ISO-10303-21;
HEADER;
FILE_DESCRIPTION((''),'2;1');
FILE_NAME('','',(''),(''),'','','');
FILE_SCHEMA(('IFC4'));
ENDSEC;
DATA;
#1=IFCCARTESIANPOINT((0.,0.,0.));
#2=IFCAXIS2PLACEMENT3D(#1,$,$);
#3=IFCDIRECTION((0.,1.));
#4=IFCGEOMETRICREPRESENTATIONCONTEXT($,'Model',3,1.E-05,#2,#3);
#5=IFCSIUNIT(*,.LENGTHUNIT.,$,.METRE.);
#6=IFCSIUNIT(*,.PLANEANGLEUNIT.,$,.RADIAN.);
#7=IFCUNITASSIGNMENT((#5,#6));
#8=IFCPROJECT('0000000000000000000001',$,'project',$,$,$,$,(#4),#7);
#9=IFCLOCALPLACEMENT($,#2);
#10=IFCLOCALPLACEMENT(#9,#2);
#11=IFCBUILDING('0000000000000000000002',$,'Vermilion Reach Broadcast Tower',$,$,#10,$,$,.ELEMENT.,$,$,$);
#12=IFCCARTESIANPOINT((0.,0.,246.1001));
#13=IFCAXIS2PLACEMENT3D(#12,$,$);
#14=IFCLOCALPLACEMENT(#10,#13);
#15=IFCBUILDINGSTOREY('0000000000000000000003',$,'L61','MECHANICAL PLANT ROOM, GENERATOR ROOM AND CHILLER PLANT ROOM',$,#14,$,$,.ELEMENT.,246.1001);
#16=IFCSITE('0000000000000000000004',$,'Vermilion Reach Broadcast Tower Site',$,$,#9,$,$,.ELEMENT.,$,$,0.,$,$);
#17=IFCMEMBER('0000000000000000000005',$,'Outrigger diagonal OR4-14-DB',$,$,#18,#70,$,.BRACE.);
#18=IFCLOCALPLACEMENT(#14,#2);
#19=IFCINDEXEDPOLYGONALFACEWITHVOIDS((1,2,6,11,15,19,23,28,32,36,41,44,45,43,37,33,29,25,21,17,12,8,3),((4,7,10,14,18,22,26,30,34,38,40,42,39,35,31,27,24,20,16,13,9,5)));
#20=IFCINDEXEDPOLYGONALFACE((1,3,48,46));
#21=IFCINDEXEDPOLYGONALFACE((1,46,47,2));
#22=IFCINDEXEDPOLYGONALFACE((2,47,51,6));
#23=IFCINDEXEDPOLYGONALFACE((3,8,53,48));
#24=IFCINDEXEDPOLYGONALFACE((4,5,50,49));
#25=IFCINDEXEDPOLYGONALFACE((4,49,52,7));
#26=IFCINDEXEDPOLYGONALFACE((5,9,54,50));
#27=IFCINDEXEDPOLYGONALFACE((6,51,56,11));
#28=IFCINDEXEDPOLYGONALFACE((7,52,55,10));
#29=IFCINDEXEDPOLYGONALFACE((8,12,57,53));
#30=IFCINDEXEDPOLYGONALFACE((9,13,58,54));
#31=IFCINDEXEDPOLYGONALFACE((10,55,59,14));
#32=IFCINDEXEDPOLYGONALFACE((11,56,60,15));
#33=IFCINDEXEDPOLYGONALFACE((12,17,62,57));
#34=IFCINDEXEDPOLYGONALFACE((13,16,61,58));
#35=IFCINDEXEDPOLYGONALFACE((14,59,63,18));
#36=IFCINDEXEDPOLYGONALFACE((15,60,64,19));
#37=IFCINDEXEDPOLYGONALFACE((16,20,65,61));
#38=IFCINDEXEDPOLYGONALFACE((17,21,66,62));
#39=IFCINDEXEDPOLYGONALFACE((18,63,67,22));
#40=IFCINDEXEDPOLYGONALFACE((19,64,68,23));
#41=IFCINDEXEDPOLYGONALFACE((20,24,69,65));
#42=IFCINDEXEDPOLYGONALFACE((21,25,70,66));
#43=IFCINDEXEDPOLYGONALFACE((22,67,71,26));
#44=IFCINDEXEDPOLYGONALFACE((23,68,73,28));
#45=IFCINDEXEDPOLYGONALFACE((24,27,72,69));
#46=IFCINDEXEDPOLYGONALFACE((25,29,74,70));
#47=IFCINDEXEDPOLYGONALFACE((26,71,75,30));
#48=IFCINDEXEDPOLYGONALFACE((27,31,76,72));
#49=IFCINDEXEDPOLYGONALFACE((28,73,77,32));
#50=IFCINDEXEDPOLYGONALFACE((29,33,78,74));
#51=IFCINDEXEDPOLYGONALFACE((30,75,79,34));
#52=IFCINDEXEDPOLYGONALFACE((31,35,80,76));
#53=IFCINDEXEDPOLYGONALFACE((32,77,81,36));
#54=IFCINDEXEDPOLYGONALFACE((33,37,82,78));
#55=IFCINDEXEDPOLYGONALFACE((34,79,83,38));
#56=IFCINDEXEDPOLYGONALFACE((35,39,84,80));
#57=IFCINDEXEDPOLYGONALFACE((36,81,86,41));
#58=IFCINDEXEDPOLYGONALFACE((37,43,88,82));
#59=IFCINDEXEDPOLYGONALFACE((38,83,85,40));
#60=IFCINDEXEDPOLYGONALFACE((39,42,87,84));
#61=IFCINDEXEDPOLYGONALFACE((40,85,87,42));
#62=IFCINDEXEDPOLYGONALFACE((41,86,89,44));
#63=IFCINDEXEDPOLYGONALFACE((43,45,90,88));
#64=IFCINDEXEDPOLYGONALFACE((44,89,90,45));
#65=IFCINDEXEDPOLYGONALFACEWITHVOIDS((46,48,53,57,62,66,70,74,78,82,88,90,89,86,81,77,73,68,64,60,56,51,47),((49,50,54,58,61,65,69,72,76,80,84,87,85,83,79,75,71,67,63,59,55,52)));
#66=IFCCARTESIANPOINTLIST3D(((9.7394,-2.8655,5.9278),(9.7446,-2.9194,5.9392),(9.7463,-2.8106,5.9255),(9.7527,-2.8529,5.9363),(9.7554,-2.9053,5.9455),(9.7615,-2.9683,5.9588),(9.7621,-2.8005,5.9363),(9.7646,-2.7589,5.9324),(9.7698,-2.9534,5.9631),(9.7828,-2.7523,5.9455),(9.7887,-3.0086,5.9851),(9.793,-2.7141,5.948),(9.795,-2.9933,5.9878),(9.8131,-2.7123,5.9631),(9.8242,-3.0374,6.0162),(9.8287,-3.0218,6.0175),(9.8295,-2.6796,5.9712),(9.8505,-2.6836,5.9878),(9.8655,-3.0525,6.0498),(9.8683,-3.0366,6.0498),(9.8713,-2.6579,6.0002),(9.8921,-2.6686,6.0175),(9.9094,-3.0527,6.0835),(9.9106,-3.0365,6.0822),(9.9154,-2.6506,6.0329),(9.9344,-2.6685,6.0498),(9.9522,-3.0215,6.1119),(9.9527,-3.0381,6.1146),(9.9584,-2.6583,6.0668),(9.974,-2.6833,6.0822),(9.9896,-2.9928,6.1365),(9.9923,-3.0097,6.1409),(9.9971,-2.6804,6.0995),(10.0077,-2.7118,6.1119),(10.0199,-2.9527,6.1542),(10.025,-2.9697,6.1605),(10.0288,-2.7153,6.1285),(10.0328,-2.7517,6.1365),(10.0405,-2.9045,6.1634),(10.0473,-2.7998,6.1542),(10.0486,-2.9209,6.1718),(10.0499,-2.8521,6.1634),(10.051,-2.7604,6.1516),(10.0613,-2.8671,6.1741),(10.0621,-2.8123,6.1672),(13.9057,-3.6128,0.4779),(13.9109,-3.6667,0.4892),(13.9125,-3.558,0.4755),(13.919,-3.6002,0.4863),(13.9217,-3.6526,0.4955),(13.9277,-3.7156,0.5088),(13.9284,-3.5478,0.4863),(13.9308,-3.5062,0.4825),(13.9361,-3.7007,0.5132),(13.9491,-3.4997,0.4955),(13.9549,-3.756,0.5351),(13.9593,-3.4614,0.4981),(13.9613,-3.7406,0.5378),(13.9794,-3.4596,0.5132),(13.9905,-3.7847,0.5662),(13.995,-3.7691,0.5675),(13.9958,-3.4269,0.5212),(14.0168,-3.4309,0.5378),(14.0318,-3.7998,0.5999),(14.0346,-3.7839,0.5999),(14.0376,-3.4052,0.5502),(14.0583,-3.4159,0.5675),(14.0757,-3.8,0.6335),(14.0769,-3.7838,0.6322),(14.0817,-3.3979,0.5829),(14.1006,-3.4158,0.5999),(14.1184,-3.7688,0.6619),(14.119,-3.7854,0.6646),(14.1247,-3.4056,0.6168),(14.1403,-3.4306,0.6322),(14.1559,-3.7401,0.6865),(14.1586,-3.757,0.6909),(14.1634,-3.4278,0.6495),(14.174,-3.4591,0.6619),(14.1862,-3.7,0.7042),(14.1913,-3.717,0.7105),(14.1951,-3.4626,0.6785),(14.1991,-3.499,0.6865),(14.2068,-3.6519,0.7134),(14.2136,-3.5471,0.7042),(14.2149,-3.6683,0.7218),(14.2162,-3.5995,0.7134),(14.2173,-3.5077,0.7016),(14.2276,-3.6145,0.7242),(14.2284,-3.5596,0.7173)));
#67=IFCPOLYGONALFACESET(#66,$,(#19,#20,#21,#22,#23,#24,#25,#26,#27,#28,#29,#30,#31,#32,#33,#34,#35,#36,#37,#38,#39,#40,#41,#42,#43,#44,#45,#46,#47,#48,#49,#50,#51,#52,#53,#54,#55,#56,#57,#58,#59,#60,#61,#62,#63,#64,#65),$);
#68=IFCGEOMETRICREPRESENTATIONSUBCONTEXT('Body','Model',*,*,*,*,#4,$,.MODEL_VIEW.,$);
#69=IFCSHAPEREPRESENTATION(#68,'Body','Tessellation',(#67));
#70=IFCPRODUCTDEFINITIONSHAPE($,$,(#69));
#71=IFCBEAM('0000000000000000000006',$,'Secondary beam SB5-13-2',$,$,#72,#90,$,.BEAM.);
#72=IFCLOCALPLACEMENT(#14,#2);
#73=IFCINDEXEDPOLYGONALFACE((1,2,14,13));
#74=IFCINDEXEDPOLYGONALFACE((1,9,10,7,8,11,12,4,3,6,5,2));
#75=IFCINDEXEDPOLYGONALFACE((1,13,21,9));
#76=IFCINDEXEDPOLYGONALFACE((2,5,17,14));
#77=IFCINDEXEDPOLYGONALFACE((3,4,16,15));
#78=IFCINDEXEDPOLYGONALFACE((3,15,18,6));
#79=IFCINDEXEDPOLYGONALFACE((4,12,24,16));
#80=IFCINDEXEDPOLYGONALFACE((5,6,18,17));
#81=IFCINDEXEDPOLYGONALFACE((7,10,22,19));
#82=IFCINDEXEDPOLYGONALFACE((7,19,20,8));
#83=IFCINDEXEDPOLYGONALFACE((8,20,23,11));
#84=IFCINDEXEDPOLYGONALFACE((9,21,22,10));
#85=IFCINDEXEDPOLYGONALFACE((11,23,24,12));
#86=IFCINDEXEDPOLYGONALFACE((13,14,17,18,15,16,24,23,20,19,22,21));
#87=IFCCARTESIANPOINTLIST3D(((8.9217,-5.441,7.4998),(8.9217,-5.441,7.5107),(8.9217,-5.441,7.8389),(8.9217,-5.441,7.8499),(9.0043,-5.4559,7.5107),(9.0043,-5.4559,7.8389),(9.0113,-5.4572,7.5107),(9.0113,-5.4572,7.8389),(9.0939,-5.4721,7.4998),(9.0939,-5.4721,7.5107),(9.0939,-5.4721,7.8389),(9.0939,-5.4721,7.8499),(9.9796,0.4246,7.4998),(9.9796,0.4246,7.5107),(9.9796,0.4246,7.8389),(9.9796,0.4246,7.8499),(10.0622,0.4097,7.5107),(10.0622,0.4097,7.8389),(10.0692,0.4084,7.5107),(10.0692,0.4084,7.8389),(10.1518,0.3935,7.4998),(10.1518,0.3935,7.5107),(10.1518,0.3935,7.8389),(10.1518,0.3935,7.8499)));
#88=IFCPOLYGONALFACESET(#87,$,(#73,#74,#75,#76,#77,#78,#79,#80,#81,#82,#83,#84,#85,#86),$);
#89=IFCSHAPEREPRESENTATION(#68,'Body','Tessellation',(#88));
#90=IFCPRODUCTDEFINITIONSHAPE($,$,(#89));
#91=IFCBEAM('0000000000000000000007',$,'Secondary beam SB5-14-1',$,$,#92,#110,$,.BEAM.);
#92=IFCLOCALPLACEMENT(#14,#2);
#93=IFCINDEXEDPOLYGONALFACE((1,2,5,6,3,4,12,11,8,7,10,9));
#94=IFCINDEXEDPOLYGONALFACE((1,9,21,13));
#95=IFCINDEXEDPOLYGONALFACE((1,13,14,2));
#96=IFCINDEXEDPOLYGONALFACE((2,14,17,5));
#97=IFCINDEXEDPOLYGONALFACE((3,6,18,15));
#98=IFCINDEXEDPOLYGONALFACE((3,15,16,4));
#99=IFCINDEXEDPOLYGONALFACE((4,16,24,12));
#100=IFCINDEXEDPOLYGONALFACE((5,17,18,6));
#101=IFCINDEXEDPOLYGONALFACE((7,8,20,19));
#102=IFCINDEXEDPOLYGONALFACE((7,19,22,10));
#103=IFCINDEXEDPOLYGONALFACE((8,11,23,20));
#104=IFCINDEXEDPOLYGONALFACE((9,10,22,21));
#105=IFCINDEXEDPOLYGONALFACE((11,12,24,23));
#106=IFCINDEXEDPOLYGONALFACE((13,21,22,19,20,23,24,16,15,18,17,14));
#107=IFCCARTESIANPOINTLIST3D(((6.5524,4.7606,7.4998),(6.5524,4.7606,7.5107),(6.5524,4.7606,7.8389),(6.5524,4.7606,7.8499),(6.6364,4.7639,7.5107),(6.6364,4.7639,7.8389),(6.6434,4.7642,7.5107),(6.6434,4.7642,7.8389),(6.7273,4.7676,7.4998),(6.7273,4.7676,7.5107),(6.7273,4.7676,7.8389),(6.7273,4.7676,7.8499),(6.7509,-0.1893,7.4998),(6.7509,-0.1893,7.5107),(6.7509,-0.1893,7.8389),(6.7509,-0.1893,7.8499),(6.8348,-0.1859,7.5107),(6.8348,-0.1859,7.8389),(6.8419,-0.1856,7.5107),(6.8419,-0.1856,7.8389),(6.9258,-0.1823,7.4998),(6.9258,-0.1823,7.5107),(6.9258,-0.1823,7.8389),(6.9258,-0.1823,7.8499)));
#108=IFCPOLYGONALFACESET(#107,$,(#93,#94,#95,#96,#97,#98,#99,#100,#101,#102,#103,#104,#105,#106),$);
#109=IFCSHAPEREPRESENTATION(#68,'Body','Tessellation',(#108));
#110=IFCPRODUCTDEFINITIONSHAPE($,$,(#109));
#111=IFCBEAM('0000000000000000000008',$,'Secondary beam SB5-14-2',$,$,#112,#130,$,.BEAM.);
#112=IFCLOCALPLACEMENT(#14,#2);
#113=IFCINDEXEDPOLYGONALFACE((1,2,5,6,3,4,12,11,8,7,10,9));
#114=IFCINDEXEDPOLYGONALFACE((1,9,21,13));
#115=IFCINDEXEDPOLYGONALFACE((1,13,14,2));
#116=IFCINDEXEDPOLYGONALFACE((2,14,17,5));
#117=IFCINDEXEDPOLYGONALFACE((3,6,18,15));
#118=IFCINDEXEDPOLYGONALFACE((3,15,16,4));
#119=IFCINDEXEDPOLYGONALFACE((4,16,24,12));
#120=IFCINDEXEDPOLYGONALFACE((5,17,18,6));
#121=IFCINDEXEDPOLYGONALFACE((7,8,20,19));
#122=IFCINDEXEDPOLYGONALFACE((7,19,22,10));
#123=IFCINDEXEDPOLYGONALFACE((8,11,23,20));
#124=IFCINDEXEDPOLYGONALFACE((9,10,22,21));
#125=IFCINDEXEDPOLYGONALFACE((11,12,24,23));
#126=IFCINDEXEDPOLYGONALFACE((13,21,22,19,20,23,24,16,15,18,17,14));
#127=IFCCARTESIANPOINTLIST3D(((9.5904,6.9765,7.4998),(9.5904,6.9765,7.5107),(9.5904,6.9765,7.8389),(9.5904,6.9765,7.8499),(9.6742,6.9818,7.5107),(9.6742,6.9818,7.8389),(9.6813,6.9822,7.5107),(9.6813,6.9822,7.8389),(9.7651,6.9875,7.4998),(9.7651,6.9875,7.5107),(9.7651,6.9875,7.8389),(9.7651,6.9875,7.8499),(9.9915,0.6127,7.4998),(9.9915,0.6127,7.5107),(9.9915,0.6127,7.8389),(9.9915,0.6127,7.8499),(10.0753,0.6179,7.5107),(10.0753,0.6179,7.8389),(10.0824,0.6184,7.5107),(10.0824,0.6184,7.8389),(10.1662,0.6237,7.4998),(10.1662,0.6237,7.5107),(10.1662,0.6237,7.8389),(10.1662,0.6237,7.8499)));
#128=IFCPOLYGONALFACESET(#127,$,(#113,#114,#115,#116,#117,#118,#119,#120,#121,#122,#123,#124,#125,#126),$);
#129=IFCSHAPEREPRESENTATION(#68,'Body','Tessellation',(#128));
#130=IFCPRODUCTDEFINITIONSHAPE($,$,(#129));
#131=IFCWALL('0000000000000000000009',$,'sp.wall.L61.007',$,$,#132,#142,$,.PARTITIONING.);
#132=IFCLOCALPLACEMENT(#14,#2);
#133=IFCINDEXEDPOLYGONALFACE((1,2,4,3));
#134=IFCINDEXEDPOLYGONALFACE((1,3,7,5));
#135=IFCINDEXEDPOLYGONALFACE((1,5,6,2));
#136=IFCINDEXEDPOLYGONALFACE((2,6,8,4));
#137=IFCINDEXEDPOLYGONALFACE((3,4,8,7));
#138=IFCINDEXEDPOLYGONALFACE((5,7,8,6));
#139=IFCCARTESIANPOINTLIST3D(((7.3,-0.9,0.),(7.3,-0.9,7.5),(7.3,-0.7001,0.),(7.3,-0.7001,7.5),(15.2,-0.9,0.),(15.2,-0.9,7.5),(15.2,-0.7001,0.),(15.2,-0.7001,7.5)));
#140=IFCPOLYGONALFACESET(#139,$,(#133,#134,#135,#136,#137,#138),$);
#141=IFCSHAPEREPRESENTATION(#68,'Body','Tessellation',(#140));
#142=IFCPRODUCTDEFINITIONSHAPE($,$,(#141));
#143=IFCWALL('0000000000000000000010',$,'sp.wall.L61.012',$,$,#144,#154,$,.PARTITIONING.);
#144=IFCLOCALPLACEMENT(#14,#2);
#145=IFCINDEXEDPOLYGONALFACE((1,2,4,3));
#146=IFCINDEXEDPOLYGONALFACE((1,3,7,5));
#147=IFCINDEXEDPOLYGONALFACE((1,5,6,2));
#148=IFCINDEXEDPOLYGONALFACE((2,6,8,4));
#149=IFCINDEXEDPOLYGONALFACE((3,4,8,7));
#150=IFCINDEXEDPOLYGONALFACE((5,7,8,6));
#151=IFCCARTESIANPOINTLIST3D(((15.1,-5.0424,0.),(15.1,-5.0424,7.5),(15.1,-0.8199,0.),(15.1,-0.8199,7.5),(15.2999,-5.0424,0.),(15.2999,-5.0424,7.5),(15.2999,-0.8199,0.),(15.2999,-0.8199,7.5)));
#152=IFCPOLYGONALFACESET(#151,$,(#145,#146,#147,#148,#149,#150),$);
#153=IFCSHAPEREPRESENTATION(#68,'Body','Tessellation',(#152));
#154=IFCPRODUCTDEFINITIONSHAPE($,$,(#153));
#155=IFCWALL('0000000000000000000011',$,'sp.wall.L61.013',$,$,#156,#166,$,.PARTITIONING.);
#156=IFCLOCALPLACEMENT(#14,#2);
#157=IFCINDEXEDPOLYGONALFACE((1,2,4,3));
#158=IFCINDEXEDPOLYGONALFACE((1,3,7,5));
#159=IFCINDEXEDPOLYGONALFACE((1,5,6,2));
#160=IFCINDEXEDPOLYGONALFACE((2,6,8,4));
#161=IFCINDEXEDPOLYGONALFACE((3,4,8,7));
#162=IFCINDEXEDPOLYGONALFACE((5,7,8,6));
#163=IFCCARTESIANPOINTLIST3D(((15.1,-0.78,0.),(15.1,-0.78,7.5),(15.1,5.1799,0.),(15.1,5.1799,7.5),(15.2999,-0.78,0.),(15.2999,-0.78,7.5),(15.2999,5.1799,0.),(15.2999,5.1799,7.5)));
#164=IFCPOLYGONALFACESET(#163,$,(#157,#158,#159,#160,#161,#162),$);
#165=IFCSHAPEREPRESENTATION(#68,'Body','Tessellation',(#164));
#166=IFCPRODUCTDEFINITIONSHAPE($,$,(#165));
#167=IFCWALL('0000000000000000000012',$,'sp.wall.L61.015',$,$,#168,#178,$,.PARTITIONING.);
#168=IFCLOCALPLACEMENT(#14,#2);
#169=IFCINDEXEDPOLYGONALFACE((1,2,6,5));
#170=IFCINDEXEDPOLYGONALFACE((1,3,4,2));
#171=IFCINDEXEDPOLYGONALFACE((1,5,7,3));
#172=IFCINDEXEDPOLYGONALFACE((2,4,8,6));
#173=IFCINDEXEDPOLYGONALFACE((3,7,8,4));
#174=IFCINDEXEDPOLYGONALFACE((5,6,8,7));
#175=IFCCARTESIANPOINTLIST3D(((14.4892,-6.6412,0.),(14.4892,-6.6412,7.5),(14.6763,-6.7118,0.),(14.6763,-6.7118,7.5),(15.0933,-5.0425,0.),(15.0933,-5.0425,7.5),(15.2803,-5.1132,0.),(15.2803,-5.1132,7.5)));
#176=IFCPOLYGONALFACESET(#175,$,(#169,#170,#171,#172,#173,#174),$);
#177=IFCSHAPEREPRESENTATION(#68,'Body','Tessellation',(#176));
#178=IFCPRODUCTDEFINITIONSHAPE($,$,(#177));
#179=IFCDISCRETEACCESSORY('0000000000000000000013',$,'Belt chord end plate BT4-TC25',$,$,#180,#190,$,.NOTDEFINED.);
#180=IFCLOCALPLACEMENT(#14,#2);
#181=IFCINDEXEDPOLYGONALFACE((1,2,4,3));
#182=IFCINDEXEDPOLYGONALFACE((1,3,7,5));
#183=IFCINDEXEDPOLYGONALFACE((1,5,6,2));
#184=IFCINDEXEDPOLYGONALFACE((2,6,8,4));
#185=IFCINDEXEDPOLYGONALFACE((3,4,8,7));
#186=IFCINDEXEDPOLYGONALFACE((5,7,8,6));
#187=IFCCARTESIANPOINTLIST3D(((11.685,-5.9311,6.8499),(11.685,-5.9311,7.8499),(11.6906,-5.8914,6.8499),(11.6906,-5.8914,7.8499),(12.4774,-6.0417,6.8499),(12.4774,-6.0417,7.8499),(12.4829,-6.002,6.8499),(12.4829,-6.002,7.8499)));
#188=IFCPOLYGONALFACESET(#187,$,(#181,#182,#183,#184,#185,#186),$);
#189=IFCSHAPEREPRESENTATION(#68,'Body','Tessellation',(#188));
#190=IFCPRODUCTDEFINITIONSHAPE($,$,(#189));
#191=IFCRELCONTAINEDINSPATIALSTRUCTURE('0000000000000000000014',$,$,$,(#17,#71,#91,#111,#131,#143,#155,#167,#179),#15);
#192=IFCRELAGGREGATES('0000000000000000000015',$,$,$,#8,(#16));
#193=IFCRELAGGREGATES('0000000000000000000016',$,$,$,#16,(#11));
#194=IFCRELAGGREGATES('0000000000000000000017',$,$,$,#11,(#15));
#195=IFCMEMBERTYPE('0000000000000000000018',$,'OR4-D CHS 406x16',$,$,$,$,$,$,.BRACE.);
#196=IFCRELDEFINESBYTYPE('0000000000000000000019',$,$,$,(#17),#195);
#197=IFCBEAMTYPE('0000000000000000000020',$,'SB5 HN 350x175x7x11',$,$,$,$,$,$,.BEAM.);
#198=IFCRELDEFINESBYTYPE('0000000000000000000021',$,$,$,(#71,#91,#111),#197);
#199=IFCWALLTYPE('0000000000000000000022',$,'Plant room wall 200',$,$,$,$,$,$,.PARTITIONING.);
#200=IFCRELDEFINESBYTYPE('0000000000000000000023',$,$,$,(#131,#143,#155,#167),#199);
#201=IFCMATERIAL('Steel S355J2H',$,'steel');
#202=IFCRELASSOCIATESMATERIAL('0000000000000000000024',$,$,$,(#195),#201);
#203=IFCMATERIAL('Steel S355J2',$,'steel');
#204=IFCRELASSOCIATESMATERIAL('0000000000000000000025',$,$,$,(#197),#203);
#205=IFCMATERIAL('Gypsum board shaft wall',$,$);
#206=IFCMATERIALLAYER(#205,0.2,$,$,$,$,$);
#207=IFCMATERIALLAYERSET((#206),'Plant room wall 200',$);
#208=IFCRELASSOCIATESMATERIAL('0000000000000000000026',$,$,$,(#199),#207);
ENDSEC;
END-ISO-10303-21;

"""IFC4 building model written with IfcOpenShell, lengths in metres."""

from ifc_helpers import new_model, si_unit, direction, frame, frame_2d, origin, origin_2d, place, context, subcontext, project, spatial, rectangle, hollow_circle, i_section, extrude, material, layer, layer_set, material_profile, profile_set, type_object, element, save


model = new_model("IFC4")

# Units and contexts
model_context = context("Model", 3, precision=1e-05, world=origin(), true_north=direction((0.0, 1.0)))
body_context = subcontext(model_context, "Body", "Model", "MODEL_VIEW")
ifc_project = project(units=[si_unit("LENGTHUNIT", "METRE"), si_unit("PLANEANGLEUNIT", "RADIAN")], contexts=[model_context])

# Site, building, storey
site_placement = place(None, origin())
site = spatial("IfcSite", under=ifc_project, at=site_placement, Name="Vermilion Reach Broadcast Tower Site", CompositionType="ELEMENT", RefElevation=0.0)
building_placement = place(site_placement, origin())
building = spatial("IfcBuilding", under=site, at=building_placement, Name="Vermilion Reach Broadcast Tower", CompositionType="ELEMENT")
storey_placement = place(building_placement, frame((0.0, 0.0, 246.1001)))
storey = spatial("IfcBuildingStorey", under=building, at=storey_placement, Name="L61", Description="MECHANICAL PLANT ROOM, GENERATOR ROOM AND CHILLER PLANT ROOM", CompositionType="ELEMENT", Elevation=246.1001)

# Member
ifc_material_1 = material(Name="Steel S355J2H", Category="steel")
ifc_material_profile_1 = material_profile(ifc_material_1, hollow_circle(Radius=0.2031, WallThickness=0.0161, at=origin_2d()), Name="S355J2H CHS 406x16")
ifc_profile_set_1 = profile_set([ifc_material_profile_1], Name="Steel S355J2H")
member_type_1 = type_object("IfcMemberType", Name="OR4-D CHS 406x16", PredefinedType="BRACE", material=ifc_profile_set_1)
member_1_placement = place(storey_placement, frame((14.0676, -3.5999, 0.5999), z_axis=(-0.603754, 0.108297, 0.78978), x_axis=(-0.176555, -0.984291, 0.0)))
element("IfcMember", 1, at=member_1_placement, inside=storey, type_object=member_type_1, Name="Outrigger diagonal OR4-14-DB", PredefinedType="BRACE", context=body_context, shape_type="SweptSolid", body=[
    extrude(hollow_circle(Radius=0.2031, WallThickness=0.0161, at=origin_2d()), origin(), (0.0, 0.0, 1.0), 6.9006),
])

# Beams
ifc_material_2 = material(Name="Steel S355J2", Category="steel")
ifc_material_profile_2 = material_profile(ifc_material_2, i_section(OverallWidth=0.175, OverallDepth=0.3501, WebThickness=0.0071, FlangeThickness=0.011, at=origin_2d()), Name="S355J2 HN 350x175x7x11")
ifc_profile_set_2 = profile_set([ifc_material_profile_2], Name="Steel S355J2")
beam_type_1 = type_object("IfcBeamType", Name="SB5 HN 350x175x7x11", PredefinedType="BEAM", material=ifc_profile_set_2)
beam_1_placement = place(storey_placement, frame((9.0078, -5.4565, 7.6748), z_axis=(0.17749, 0.984123, 0.0), x_axis=(-0.984123, 0.17749, 0.0)))
element("IfcBeam", 2, at=beam_1_placement, inside=storey, type_object=beam_type_1, Name="Secondary beam SB5-13-2", PredefinedType="BEAM", context=body_context, shape_type="SweptSolid", body=[
    extrude(i_section(OverallWidth=0.175, OverallDepth=0.3501, WebThickness=0.0071, FlangeThickness=0.011, at=origin_2d()), origin(), (0.0, 0.0, 1.0), 5.9602),
])
beam_2_placement = place(storey_placement, frame((6.8384, -0.1858, 7.6748), z_axis=(-0.040066, 0.999197, 0.0), x_axis=(-0.999197, -0.040066, 0.0)))
element("IfcBeam", 3, at=beam_2_placement, inside=storey, type_object=beam_type_1, Name="Secondary beam SB5-14-1", PredefinedType="BEAM", context=body_context, shape_type="SweptSolid", body=[
    extrude(i_section(OverallWidth=0.175, OverallDepth=0.3501, WebThickness=0.0071, FlangeThickness=0.011, at=origin_2d()), origin(), (0.0, 0.0, 1.0), 4.9539),
])
beam_3_placement = place(storey_placement, frame((10.0789, 0.6182, 7.6748), z_axis=(-0.062907, 0.998019, 0.0), x_axis=(-0.998019, -0.062907, 0.0)))
element("IfcBeam", 4, at=beam_3_placement, inside=storey, type_object=beam_type_1, Name="Secondary beam SB5-14-2", PredefinedType="BEAM", context=body_context, shape_type="SweptSolid", body=[
    extrude(i_section(OverallWidth=0.175, OverallDepth=0.3501, WebThickness=0.0071, FlangeThickness=0.011, at=origin_2d()), origin(), (0.0, 0.0, 1.0), 6.3765),
])

# Walls
ifc_material_3 = material(Name="Gypsum board shaft wall")
ifc_layer = layer(ifc_material_3, 0.2)
ifc_layer_set = layer_set([ifc_layer], Name="Plant room wall 200")
wall_type = type_object("IfcWallType", Name="Plant room wall 200", PredefinedType="PARTITIONING", material=ifc_layer_set)
wall_1_placement = place(storey_placement, frame((7.3, -0.8, 0.0), z_axis=(0.0, 0.0, 1.0), x_axis=(1.0, 0.0, 0.0)))
element("IfcWall", 5, at=wall_1_placement, inside=storey, type_object=wall_type, Name="sp.wall.L61.007", PredefinedType="PARTITIONING", context=body_context, shape_type="SweptSolid", body=[
    extrude(rectangle(XDim=7.8999, YDim=0.2, at=frame_2d((3.95, 0.0))), origin(), (0.0, 0.0, 1.0), 7.5),
])
wall_2_placement = place(storey_placement, frame((15.2, -5.0425, 0.0), z_axis=(0.0, 0.0, 1.0), x_axis=(0.0, 1.0, 0.0)))
element("IfcWall", 6, at=wall_2_placement, inside=storey, type_object=wall_type, Name="sp.wall.L61.012", PredefinedType="PARTITIONING", context=body_context, shape_type="SweptSolid", body=[
    extrude(rectangle(XDim=4.2224, YDim=0.2, at=frame_2d((2.1113, 0.0))), origin(), (0.0, 0.0, 1.0), 7.5),
])
wall_3_placement = place(storey_placement, frame((15.2, -0.78, 0.0), z_axis=(0.0, 0.0, 1.0), x_axis=(0.0, 1.0, 0.0)))
element("IfcWall", 7, at=wall_3_placement, inside=storey, type_object=wall_type, Name="sp.wall.L61.013", PredefinedType="PARTITIONING", context=body_context, shape_type="SweptSolid", body=[
    extrude(rectangle(XDim=5.96, YDim=0.2, at=frame_2d((2.98, 0.0))), origin(), (0.0, 0.0, 1.0), 7.5),
])
wall_4_placement = place(storey_placement, frame((14.5828, -6.6765, 0.0), z_axis=(0.0, 0.0, 1.0), x_axis=(0.353439, 0.935457, 0.0)))
element("IfcWall", 8, at=wall_4_placement, inside=storey, type_object=wall_type, Name="sp.wall.L61.015", PredefinedType="PARTITIONING", context=body_context, shape_type="SweptSolid", body=[
    extrude(rectangle(XDim=1.709, YDim=0.2, at=frame_2d((0.8545, 0.0))), origin(), (0.0, 0.0, 1.0), 7.5),
])

# Discrete accessory
for number, where, z_axis, x_axis, name in (
    (9, (12.084, -5.9666, 6.8499), (0.0, 0.0, 1.0), (0.138227, 0.990401, 0.0), "Belt chord end plate BT4-TC25"),
):
    element("IfcDiscreteAccessory", number, at=place(storey_placement, frame(where, z_axis=z_axis, x_axis=x_axis)), inside=storey, Name=name, PredefinedType="NOTDEFINED", context=body_context, shape_type="SweptSolid", body=[
        extrude(rectangle(XDim=0.04, YDim=0.8, at=origin_2d()), origin(), (0.0, 0.0, 1.0), 1.0),
    ])

save(model, "model.ifc")
